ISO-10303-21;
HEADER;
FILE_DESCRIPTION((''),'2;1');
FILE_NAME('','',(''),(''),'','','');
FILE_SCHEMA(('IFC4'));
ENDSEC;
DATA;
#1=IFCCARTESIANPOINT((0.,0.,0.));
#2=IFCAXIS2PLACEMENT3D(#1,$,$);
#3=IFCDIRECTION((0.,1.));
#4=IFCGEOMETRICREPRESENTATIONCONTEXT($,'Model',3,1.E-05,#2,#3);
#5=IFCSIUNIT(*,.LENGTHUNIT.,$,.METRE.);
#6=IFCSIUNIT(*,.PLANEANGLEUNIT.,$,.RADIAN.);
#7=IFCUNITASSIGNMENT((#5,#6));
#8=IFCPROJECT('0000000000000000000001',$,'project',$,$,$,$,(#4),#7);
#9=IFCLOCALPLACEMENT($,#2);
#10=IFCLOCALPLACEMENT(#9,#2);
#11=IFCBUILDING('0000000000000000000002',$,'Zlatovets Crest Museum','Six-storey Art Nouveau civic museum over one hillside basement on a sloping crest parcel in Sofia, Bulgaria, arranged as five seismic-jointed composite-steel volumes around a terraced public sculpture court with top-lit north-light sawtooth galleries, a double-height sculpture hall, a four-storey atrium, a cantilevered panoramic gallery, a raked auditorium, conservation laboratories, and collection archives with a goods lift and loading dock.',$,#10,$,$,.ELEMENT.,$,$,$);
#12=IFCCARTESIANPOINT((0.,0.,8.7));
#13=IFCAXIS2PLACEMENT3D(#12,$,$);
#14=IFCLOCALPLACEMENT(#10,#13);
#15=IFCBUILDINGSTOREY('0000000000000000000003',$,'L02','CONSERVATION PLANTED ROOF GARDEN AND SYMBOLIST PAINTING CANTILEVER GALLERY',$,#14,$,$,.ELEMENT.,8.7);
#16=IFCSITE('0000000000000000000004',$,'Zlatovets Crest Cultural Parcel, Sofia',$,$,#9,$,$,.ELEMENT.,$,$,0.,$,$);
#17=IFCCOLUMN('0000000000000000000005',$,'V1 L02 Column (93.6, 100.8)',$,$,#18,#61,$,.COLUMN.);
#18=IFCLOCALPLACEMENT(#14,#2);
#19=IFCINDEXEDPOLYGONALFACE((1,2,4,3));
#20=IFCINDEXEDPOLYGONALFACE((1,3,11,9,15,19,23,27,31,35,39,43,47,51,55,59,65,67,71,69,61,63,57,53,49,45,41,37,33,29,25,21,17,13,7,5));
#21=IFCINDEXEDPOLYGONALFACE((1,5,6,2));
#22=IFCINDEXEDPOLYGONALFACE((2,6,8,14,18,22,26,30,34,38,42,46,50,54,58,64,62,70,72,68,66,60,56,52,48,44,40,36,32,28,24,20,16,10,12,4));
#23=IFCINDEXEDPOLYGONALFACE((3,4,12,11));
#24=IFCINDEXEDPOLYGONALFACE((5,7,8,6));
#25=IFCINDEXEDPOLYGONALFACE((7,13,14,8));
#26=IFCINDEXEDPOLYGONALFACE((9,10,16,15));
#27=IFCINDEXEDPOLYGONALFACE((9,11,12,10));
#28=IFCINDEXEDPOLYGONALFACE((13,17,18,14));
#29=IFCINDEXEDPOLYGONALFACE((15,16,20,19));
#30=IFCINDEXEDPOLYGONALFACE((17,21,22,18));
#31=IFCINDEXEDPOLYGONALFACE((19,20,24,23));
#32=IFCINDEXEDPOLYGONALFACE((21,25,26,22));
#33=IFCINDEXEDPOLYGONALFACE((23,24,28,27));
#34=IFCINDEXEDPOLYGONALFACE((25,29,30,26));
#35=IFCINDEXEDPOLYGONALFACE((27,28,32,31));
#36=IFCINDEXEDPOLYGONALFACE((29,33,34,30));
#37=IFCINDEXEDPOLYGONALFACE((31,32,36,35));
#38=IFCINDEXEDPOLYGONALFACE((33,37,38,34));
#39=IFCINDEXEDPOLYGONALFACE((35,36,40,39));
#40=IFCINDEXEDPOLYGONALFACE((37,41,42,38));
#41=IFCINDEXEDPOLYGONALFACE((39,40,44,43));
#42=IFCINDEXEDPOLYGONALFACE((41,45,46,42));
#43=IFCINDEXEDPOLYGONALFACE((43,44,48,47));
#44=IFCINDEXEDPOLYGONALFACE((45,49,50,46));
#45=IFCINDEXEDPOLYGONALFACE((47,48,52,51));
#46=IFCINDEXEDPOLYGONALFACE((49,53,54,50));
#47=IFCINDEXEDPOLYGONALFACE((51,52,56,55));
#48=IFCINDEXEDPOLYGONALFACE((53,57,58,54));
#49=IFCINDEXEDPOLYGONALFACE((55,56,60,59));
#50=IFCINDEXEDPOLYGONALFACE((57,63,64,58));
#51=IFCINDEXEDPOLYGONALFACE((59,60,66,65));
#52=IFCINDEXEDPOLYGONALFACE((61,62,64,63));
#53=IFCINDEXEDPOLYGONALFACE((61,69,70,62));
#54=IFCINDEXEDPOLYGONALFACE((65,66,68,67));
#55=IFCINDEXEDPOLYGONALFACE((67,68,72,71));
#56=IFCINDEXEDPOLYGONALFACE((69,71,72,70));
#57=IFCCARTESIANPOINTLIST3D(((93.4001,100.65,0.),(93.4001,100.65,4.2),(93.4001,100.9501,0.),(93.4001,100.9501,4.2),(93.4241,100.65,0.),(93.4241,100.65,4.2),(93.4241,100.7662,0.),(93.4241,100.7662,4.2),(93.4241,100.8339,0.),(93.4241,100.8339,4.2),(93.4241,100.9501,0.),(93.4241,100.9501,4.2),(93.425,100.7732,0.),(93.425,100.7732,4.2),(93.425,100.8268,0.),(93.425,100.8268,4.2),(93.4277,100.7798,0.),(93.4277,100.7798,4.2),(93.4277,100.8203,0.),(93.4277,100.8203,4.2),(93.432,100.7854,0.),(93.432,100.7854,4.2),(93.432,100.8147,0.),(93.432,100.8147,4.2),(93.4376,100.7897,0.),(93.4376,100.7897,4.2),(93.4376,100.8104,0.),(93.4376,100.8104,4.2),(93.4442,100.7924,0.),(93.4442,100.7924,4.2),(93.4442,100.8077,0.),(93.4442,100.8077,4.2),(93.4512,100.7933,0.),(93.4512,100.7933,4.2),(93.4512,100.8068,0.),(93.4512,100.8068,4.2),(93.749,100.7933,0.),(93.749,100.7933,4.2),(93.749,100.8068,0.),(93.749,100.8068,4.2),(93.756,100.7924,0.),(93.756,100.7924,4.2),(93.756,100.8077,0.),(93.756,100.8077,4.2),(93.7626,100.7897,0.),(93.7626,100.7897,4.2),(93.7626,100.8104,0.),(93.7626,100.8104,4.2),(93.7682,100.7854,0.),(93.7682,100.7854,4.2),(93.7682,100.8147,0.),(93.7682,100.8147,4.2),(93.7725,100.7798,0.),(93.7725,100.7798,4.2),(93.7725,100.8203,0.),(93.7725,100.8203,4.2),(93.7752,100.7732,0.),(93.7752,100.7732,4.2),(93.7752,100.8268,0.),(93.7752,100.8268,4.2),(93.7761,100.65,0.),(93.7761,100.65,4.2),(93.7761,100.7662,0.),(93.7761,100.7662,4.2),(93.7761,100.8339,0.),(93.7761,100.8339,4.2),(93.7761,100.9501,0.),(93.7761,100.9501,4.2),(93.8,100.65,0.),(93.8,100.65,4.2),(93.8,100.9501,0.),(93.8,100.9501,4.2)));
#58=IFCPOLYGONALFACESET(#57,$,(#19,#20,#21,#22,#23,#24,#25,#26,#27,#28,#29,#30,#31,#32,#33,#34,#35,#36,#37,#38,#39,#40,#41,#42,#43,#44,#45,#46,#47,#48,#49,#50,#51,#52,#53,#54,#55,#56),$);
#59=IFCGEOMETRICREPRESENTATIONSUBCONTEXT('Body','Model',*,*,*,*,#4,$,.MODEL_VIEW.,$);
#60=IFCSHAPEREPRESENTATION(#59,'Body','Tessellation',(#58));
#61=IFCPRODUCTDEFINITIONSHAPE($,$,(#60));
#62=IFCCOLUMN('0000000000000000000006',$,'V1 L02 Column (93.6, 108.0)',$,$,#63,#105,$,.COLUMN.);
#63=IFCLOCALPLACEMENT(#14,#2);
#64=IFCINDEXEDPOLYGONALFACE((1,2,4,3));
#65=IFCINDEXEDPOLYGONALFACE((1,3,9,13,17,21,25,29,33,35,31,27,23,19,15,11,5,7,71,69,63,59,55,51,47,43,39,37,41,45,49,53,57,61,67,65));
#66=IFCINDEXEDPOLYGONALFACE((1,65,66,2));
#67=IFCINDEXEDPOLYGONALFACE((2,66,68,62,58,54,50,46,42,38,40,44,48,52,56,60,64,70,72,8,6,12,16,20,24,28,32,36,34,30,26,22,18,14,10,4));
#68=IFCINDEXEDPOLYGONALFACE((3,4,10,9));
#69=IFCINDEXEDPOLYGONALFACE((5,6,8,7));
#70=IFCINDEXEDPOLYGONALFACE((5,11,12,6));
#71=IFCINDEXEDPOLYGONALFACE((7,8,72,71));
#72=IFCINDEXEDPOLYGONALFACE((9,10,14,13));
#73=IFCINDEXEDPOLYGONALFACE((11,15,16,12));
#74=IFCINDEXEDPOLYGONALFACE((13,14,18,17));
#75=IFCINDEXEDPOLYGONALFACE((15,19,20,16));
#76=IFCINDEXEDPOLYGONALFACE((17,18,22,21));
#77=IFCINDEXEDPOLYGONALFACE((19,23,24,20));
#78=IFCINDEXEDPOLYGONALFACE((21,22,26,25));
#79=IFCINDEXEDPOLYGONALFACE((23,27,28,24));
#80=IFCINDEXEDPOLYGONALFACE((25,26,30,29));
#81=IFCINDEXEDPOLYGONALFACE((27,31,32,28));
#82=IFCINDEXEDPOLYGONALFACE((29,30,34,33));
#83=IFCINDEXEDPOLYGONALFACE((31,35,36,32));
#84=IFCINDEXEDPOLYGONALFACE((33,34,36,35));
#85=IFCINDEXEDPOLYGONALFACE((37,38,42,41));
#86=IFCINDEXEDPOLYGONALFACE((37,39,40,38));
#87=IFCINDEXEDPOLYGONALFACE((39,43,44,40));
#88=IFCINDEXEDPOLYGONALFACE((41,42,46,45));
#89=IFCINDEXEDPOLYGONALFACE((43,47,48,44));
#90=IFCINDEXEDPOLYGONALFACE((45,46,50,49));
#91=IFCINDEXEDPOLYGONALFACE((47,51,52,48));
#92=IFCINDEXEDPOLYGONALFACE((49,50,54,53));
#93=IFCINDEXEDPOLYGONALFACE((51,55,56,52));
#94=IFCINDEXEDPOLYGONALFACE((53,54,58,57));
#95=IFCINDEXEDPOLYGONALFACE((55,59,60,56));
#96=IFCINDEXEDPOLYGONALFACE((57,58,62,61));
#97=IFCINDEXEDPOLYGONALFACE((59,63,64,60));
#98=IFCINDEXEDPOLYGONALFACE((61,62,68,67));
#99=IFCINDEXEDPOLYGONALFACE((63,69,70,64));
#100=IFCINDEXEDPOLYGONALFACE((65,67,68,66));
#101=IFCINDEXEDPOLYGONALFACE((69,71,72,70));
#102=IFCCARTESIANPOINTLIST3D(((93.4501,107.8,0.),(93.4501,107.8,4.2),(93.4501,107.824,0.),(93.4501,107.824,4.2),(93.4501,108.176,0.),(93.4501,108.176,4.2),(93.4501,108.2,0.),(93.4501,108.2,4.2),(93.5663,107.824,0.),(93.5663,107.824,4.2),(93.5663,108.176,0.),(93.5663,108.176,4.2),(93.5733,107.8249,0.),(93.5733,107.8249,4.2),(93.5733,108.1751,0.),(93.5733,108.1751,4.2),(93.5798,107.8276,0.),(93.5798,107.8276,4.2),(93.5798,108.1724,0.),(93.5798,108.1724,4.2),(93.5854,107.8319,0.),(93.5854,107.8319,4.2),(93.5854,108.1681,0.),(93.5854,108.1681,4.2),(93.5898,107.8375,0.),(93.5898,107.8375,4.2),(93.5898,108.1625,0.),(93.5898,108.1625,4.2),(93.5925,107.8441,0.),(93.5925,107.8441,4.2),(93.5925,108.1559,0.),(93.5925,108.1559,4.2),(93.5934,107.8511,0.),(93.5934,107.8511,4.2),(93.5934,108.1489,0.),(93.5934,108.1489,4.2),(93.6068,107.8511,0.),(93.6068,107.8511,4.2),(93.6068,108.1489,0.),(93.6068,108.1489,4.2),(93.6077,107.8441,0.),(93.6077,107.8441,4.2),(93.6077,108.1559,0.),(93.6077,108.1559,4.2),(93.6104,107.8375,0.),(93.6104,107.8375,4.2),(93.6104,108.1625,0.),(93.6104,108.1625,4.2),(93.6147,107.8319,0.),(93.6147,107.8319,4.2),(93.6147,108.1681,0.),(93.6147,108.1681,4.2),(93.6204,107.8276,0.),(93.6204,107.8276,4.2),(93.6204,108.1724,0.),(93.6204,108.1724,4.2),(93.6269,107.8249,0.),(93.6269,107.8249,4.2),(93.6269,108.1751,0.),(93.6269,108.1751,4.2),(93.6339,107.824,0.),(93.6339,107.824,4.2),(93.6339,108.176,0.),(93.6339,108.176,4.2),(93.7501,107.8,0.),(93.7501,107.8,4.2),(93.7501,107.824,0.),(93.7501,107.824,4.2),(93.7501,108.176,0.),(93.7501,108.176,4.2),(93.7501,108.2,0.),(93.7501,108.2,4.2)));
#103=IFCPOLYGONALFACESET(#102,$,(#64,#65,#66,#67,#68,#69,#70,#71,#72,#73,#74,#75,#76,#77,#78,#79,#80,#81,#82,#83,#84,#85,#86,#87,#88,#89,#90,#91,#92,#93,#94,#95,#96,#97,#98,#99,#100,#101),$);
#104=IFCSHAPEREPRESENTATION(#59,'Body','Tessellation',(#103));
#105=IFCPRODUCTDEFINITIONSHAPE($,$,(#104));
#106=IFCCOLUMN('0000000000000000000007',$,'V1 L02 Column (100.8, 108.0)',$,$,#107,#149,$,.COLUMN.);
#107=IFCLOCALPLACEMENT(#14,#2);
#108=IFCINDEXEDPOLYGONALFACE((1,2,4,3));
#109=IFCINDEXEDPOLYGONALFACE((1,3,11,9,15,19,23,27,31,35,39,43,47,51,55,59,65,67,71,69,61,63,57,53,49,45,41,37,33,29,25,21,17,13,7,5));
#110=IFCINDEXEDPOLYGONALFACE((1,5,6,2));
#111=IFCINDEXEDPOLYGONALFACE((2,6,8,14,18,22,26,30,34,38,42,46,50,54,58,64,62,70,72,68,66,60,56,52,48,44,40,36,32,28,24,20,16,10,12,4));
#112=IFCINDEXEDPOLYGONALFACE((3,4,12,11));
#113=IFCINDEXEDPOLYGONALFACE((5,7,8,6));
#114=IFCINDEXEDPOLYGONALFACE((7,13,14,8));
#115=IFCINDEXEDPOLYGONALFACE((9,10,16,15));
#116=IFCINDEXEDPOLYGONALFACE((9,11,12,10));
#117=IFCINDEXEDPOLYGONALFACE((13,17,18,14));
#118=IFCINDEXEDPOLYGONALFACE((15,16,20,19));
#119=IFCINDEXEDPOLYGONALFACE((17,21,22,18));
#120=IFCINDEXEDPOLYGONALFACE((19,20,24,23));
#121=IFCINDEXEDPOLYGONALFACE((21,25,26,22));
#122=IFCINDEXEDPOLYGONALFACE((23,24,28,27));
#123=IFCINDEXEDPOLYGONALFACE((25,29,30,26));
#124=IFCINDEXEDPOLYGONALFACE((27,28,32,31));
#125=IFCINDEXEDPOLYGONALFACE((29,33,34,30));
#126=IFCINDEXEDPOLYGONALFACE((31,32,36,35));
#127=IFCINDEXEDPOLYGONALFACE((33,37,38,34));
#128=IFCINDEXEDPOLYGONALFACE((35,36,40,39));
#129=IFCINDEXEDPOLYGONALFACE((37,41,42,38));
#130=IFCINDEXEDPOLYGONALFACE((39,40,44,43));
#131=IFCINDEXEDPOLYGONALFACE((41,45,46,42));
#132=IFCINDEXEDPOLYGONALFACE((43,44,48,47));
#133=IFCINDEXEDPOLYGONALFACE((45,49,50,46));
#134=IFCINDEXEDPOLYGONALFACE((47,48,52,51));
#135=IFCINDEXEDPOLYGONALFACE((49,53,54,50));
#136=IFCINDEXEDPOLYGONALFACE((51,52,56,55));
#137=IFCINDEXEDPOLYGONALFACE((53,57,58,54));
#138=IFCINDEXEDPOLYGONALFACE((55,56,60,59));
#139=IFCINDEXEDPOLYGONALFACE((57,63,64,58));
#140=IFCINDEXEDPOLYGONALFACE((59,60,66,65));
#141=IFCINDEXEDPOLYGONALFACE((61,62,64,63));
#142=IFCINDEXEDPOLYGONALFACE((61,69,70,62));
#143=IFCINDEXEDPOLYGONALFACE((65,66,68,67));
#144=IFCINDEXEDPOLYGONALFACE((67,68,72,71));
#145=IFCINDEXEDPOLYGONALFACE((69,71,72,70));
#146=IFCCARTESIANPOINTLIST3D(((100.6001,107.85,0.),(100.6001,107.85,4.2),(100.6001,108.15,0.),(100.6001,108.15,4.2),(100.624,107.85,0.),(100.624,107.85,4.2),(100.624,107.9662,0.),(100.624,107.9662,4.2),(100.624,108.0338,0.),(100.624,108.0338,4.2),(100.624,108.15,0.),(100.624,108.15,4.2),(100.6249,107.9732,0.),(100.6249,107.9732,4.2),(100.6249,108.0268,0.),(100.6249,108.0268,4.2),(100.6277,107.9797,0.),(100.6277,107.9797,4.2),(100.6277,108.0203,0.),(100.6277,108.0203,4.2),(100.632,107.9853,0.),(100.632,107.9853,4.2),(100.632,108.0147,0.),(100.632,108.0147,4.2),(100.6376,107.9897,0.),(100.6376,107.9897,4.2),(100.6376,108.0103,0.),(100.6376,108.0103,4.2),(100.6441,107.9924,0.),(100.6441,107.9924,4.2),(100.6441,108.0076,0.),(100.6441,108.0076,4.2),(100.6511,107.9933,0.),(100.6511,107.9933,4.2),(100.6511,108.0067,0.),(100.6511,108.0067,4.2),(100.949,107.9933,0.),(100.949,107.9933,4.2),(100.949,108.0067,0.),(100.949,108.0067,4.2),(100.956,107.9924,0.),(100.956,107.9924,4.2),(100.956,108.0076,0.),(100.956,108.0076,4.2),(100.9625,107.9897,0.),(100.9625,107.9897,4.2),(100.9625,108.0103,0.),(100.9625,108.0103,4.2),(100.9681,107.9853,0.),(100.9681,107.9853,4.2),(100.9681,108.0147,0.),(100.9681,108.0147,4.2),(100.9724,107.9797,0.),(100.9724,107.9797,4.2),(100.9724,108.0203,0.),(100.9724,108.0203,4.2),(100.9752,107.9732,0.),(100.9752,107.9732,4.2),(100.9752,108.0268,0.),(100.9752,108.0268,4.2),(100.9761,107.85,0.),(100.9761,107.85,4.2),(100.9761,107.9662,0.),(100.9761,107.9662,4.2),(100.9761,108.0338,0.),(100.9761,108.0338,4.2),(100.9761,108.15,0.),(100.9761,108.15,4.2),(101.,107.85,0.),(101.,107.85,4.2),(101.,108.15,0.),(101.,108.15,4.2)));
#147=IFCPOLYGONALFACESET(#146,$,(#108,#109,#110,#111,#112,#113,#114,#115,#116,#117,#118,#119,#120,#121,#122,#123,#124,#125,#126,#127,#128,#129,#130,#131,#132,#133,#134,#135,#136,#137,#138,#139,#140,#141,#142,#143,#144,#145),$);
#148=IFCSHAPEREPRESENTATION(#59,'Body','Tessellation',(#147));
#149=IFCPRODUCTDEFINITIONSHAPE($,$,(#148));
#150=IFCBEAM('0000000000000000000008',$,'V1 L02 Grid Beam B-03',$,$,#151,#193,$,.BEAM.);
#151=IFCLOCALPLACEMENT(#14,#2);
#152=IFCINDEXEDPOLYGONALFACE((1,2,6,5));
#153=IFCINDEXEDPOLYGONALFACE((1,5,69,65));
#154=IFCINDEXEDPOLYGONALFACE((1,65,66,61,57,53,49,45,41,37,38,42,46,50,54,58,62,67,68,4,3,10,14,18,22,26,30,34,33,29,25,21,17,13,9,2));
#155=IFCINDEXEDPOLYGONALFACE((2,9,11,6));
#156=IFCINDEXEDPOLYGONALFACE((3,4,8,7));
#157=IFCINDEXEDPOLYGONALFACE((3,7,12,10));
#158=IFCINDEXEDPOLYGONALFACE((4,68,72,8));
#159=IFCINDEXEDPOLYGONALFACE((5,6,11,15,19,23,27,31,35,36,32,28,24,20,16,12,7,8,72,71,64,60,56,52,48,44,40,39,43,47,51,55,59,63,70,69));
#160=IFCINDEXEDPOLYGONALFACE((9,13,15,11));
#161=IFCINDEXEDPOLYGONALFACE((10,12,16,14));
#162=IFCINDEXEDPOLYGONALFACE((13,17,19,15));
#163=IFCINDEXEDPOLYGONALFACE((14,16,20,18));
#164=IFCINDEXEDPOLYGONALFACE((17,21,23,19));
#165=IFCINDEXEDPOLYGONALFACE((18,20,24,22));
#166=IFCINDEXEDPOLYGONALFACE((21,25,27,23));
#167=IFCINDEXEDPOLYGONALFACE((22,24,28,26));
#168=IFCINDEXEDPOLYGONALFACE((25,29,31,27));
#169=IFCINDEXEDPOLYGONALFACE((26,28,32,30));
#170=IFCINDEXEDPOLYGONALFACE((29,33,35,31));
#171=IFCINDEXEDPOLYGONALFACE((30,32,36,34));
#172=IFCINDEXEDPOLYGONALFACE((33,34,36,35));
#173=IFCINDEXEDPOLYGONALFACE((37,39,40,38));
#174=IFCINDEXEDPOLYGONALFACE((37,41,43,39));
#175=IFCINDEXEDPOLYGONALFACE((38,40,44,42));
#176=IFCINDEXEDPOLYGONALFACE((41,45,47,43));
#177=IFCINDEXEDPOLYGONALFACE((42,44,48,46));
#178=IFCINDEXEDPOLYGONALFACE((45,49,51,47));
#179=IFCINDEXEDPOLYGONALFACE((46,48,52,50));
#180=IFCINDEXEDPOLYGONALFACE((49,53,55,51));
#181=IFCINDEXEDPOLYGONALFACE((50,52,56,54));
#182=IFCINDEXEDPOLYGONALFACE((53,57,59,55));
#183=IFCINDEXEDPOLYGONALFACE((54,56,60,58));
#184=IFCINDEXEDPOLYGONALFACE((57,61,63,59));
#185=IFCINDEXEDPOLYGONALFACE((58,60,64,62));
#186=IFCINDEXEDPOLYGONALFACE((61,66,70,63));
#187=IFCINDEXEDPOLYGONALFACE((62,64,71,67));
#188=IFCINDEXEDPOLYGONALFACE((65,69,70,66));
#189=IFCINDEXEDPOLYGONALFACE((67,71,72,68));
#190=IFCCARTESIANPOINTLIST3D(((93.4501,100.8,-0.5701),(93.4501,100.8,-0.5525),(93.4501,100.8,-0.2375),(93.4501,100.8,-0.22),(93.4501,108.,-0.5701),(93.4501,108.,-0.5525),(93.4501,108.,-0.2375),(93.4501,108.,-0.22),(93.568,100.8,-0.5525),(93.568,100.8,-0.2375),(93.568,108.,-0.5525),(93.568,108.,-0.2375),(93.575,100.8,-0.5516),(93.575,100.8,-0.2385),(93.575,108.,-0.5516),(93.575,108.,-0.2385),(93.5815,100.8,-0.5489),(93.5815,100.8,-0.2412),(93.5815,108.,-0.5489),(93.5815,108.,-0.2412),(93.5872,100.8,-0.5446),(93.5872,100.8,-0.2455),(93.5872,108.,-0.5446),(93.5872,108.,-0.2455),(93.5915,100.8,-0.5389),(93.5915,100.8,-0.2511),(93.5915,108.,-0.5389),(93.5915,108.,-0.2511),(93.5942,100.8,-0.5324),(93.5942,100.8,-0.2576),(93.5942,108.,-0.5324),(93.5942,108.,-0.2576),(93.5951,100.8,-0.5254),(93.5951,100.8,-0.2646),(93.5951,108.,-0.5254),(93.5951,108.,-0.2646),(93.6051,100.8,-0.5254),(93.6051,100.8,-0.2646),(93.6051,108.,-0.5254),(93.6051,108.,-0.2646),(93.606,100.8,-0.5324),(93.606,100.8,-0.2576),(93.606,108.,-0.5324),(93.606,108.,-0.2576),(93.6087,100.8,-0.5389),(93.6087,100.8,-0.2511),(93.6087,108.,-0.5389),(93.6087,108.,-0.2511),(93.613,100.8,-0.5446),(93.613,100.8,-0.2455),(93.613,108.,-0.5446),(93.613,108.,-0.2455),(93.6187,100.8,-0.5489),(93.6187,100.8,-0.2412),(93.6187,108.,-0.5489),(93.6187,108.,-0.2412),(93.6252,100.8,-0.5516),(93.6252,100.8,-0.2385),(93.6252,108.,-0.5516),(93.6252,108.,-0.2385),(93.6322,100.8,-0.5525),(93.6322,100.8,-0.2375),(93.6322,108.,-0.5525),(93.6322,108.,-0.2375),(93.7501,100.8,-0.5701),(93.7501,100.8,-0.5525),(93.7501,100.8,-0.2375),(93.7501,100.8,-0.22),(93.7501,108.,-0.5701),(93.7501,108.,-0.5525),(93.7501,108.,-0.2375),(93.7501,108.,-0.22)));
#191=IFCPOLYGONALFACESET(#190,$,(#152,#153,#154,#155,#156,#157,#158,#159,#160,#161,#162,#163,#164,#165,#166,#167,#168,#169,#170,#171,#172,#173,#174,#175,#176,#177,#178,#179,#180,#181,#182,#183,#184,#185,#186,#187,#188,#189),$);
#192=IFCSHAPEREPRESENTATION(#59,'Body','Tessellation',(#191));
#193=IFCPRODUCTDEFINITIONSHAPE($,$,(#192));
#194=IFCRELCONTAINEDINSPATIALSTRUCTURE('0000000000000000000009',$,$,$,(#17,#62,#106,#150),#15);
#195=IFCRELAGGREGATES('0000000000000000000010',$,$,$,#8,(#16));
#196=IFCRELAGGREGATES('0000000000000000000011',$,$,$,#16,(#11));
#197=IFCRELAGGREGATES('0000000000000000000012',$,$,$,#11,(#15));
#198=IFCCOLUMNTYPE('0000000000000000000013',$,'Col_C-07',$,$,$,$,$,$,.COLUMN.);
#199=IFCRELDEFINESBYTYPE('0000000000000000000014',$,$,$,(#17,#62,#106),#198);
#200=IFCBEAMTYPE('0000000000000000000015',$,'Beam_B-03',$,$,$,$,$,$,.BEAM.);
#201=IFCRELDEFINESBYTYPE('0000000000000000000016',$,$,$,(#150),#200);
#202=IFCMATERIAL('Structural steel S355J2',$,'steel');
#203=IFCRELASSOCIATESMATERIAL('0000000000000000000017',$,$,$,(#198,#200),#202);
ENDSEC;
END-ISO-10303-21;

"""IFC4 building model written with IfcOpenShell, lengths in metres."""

from ifc_helpers import new_model, si_unit, direction, frame, origin, origin_2d, place, context, subcontext, project, spatial, i_section, extrude, material, material_profile, profile_set, type_object, element, save


model = new_model("IFC4")

# Units and contexts
model_context = context("Model", 3, precision=1e-05, world=origin(), true_north=direction((0.0, 1.0)))
body_context = subcontext(model_context, "Body", "Model", "MODEL_VIEW")
ifc_project = project(units=[si_unit("LENGTHUNIT", "METRE"), si_unit("PLANEANGLEUNIT", "RADIAN")], contexts=[model_context])

# Site, building, storey
site_placement = place(None, origin())
site = spatial("IfcSite", under=ifc_project, at=site_placement, Name="Zlatovets Crest Cultural Parcel, Sofia", CompositionType="ELEMENT", RefElevation=0.0)
building_placement = place(site_placement, origin())
building = spatial("IfcBuilding", under=site, at=building_placement, Name="Zlatovets Crest Museum", Description="Six-storey Art Nouveau civic museum over one hillside basement on a sloping crest parcel in Sofia, Bulgaria, arranged as five seismic-jointed composite-steel volumes around a terraced public sculpture court with top-lit north-light sawtooth galleries, a double-height sculpture hall, a four-storey atrium, a cantilevered panoramic gallery, a raked auditorium, conservation laboratories, and collection archives with a goods lift and loading dock.", CompositionType="ELEMENT")
storey_placement = place(building_placement, frame((0.0, 0.0, 8.7)))
storey = spatial("IfcBuildingStorey", under=building, at=storey_placement, Name="L02", Description="CONSERVATION PLANTED ROOF GARDEN AND SYMBOLIST PAINTING CANTILEVER GALLERY", CompositionType="ELEMENT", Elevation=8.7)

# Columns
ifc_material_1 = material(Name="Structural steel S355J2", Category="steel")
ifc_material_profile_1 = material_profile(ifc_material_1, i_section(OverallWidth=0.3, OverallDepth=0.3999, WebThickness=0.0134, FlangeThickness=0.0239, FilletRadius=0.0271, at=origin_2d()), Name="HEB 400")
ifc_profile_set_1 = profile_set([ifc_material_profile_1], Name="Structural steel S355J2")
column_type = type_object("IfcColumnType", Name="Col_C-07", PredefinedType="COLUMN", material=ifc_profile_set_1)
for number, where, z_axis, x_axis, name in (
    (1, (93.6001, 100.8, 0.0), (0.0, 0.0, 1.0), (0.0, 1.0, 0.0), "V1 L02 Column (93.6, 100.8)"),
    (2, (93.6001, 108.0, 0.0), (0.0, 0.0, 1.0), (1.0, 0.0, 0.0), "V1 L02 Column (93.6, 108.0)"),
    (3, (100.8, 108.0, 0.0), (0.0, 0.0, 1.0), (0.0, 1.0, 0.0), "V1 L02 Column (100.8, 108.0)"),
):
    element("IfcColumn", number, at=place(storey_placement, frame(where, z_axis=z_axis, x_axis=x_axis)), inside=storey, type_object=column_type, Name=name, PredefinedType="COLUMN", context=body_context, shape_type="SweptSolid", body=[
        extrude(i_section(OverallWidth=0.3, OverallDepth=0.3999, WebThickness=0.0134, FlangeThickness=0.0239, FilletRadius=0.0271, at=origin_2d()), origin(), (0.0, 0.0, 1.0), 4.2),
    ])

# Beam
ifc_material_profile_2 = material_profile(ifc_material_1, i_section(OverallWidth=0.3, OverallDepth=0.3501, WebThickness=0.01, FlangeThickness=0.0176, FilletRadius=0.0271, at=origin_2d()), Name="HEA 360")
ifc_profile_set_2 = profile_set([ifc_material_profile_2], Name="Structural steel S355J2")
beam_type_1 = type_object("IfcBeamType", Name="Beam_B-03", PredefinedType="BEAM", material=ifc_profile_set_2)
for number, where, z_axis, x_axis, name in (
    (4, (93.6001, 100.8, -0.395), (0.0, 1.0, 0.0), (-1.0, 0.0, 0.0), "V1 L02 Grid Beam B-03"),
):
    element("IfcBeam", number, at=place(storey_placement, frame(where, z_axis=z_axis, x_axis=x_axis)), inside=storey, type_object=beam_type_1, Name=name, PredefinedType="BEAM", context=body_context, shape_type="SweptSolid", body=[
        extrude(i_section(OverallWidth=0.3, OverallDepth=0.3501, WebThickness=0.01, FlangeThickness=0.0176, FilletRadius=0.0271, at=origin_2d()), origin(), (0.0, 0.0, 1.0), 7.2),
    ])

save(model, "model.ifc")
